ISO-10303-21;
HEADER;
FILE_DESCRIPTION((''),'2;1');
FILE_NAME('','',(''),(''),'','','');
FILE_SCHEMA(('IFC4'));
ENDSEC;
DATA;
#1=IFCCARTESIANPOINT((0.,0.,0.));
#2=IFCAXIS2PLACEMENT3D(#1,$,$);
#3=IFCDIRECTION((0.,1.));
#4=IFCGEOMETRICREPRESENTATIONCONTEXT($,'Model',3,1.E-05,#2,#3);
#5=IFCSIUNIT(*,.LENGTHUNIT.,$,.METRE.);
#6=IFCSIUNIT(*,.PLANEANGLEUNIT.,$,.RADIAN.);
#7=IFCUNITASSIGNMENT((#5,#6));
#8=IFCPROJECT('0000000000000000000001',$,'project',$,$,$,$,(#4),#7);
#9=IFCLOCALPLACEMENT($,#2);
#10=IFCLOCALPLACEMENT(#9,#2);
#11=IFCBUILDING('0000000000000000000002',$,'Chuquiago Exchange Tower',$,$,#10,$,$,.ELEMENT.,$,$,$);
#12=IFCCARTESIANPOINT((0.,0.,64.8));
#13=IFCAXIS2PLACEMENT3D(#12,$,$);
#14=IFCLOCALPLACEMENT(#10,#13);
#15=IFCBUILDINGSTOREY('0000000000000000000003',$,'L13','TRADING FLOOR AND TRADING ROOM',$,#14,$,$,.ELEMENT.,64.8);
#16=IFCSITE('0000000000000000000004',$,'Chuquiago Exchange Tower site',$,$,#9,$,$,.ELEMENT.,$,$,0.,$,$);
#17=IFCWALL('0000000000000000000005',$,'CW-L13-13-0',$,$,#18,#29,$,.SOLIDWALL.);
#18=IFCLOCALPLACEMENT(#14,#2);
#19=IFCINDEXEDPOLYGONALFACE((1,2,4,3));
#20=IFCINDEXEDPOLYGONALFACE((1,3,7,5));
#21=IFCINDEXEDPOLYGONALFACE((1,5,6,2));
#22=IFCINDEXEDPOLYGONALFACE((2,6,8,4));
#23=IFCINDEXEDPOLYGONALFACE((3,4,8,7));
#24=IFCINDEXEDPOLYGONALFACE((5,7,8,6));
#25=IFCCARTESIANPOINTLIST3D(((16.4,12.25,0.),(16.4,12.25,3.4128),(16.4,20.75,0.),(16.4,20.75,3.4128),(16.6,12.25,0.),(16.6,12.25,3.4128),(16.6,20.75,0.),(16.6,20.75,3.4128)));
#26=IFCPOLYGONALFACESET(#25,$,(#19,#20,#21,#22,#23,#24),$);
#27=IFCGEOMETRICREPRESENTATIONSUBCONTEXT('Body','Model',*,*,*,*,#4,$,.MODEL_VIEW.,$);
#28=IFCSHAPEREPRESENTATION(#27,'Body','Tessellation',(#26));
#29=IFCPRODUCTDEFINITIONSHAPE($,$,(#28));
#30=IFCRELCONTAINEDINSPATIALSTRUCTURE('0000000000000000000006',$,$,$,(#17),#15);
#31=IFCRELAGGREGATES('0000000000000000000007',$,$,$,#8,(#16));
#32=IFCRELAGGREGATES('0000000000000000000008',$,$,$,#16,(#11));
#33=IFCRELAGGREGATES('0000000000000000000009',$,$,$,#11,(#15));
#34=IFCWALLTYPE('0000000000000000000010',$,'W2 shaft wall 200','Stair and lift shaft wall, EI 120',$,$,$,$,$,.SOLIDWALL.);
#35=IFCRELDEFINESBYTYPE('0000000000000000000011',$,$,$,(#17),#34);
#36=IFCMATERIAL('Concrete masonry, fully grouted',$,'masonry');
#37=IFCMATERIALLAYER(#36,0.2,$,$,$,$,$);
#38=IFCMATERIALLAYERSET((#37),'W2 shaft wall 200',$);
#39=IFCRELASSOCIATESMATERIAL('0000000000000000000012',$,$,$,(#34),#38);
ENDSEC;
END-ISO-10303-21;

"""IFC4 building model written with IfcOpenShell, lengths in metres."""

from ifc_helpers import new_model, si_unit, direction, frame, frame_2d, origin, place, context, subcontext, project, spatial, rectangle, extrude, material, layer, layer_set, type_object, element, save


model = new_model("IFC4")

# Units and contexts
model_context = context("Model", 3, precision=1e-05, world=origin(), true_north=direction((0.0, 1.0)))
body_context = subcontext(model_context, "Body", "Model", "MODEL_VIEW")
ifc_project = project(units=[si_unit("LENGTHUNIT", "METRE"), si_unit("PLANEANGLEUNIT", "RADIAN")], contexts=[model_context])

# Site, building, storey
site_placement = place(None, origin())
site = spatial("IfcSite", under=ifc_project, at=site_placement, Name="Chuquiago Exchange Tower site", CompositionType="ELEMENT", RefElevation=0.0)
building_placement = place(site_placement, origin())
building = spatial("IfcBuilding", under=site, at=building_placement, Name="Chuquiago Exchange Tower", CompositionType="ELEMENT")
storey_placement = place(building_placement, frame((0.0, 0.0, 64.8)))
storey = spatial("IfcBuildingStorey", under=building, at=storey_placement, Name="L13", Description="TRADING FLOOR AND TRADING ROOM", CompositionType="ELEMENT", Elevation=64.8)

# Wall
ifc_material_1 = material(Name="Concrete masonry, fully grouted", Category="masonry")
ifc_layer_1 = layer(ifc_material_1, 0.2)
ifc_layer_set_1 = layer_set([ifc_layer_1], Name="W2 shaft wall 200")
wall_type_1 = type_object("IfcWallType", Name="W2 shaft wall 200", Description="Stair and lift shaft wall, EI 120", PredefinedType="SOLIDWALL", material=ifc_layer_set_1)
wall_1_placement = place(storey_placement, frame((16.5, 12.25, 0.0), z_axis=(0.0, 0.0, 1.0), x_axis=(0.0, 1.0, 0.0)))
element("IfcWall", 1, at=wall_1_placement, inside=storey, type_object=wall_type_1, Name="CW-L13-13-0", PredefinedType="SOLIDWALL", context=body_context, shape_type="SweptSolid", body=[
    extrude(rectangle(XDim=8.5, YDim=0.2, at=frame_2d((4.25, 0.0))), origin(), (0.0, 0.0, 1.0), 3.4128),
])

save(model, "model.ifc")
